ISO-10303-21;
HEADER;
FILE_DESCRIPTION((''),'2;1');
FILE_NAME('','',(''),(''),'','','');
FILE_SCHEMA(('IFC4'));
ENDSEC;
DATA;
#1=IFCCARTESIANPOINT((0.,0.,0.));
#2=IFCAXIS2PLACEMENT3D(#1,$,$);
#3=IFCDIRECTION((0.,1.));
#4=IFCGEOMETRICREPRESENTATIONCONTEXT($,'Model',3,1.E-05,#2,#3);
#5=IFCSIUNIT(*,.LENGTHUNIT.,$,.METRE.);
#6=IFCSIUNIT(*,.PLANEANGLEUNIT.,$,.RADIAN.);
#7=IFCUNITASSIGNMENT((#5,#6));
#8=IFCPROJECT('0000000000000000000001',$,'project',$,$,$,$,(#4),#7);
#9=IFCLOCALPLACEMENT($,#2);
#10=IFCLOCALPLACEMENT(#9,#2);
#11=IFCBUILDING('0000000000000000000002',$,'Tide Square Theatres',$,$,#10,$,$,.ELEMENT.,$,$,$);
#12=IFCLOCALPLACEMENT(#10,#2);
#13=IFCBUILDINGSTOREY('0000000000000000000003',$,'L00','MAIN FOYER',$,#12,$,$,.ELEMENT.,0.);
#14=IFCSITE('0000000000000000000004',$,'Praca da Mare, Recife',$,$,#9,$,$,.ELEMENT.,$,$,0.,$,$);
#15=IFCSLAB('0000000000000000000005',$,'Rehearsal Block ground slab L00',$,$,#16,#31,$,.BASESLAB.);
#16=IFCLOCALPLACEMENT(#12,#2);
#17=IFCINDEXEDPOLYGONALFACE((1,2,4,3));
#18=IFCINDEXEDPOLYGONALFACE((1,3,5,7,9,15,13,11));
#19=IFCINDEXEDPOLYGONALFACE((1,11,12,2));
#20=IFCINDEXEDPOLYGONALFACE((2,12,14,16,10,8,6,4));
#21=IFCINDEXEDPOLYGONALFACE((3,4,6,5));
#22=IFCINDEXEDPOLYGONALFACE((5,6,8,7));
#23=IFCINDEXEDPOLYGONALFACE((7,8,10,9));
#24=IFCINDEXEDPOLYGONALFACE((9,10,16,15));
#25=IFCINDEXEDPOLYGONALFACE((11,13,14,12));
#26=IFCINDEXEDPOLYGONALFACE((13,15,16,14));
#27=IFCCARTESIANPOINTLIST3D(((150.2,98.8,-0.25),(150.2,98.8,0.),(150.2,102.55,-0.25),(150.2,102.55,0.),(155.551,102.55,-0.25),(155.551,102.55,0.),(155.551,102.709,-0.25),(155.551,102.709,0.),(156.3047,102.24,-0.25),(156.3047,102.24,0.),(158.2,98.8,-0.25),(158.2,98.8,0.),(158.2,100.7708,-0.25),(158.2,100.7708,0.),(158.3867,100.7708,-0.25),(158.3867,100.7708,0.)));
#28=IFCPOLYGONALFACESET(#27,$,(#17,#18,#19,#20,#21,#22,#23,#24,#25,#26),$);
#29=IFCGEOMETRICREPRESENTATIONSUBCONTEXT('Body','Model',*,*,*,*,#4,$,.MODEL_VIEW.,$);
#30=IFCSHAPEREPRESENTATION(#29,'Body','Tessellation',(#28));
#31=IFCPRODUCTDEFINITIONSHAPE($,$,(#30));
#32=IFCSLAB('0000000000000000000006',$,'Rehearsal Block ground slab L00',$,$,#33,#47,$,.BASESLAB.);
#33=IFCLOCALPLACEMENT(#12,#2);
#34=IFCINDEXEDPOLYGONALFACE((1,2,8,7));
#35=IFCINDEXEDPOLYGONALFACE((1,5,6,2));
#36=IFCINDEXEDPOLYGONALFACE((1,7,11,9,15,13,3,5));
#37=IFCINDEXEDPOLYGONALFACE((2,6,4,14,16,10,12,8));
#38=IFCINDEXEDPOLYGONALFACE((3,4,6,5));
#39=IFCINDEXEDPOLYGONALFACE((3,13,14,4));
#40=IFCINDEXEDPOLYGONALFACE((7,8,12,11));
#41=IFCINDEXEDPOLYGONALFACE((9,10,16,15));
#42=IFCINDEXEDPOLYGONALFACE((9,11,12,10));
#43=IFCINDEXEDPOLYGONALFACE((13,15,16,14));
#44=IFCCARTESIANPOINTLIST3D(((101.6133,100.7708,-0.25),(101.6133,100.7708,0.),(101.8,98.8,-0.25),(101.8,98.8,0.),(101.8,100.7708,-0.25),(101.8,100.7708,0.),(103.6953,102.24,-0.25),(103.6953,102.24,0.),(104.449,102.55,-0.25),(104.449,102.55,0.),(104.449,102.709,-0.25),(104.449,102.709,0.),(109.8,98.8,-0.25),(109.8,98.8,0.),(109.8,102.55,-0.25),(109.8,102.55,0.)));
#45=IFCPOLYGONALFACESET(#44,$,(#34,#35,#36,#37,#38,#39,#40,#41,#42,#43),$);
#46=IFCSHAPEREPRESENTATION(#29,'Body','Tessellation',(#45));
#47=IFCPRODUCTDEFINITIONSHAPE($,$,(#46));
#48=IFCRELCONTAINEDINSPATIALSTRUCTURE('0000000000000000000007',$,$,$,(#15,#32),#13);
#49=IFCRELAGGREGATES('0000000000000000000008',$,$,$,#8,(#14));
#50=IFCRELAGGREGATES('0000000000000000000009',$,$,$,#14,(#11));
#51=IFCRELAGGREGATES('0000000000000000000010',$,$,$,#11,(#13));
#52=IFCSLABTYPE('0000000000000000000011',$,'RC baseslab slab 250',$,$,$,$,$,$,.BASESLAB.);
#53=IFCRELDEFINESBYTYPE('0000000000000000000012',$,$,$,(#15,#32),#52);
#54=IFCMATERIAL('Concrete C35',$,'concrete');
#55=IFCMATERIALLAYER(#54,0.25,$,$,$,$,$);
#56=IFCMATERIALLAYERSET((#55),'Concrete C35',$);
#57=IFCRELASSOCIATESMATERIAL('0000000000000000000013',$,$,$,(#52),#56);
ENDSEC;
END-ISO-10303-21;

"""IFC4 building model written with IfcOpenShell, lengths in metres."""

from ifc_helpers import new_model, si_unit, direction, frame, origin, place, context, subcontext, project, spatial, polyline, outline, extrude, material, layer, layer_set, type_object, element, save


model = new_model("IFC4")

# Units and contexts
model_context = context("Model", 3, precision=1e-05, world=origin(), true_north=direction((0.0, 1.0)))
body_context = subcontext(model_context, "Body", "Model", "MODEL_VIEW")
ifc_project = project(units=[si_unit("LENGTHUNIT", "METRE"), si_unit("PLANEANGLEUNIT", "RADIAN")], contexts=[model_context])

# Site, building, storey
site_placement = place(None, origin())
site = spatial("IfcSite", under=ifc_project, at=site_placement, Name="Praca da Mare, Recife", CompositionType="ELEMENT", RefElevation=0.0)
building_placement = place(site_placement, origin())
building = spatial("IfcBuilding", under=site, at=building_placement, Name="Tide Square Theatres", CompositionType="ELEMENT")
storey_placement = place(building_placement, origin())
storey = spatial("IfcBuildingStorey", under=building, at=storey_placement, Name="L00", Description="MAIN FOYER", CompositionType="ELEMENT", Elevation=0.0)

# Slabs
ifc_material_1 = material(Name="Concrete C35", Category="concrete")
ifc_layer_1 = layer(ifc_material_1, 0.25)
ifc_layer_set_1 = layer_set([ifc_layer_1], Name="Concrete C35")
slab_type_1 = type_object("IfcSlabType", Name="RC baseslab slab 250", PredefinedType="BASESLAB", material=ifc_layer_set_1)
slab_1_placement = place(storey_placement, frame((0.0, 0.0, -0.25)))
element("IfcSlab", 1, at=slab_1_placement, inside=storey, type_object=slab_type_1, Name="Rehearsal Block ground slab L00", PredefinedType="BASESLAB", context=body_context, shape_type="SweptSolid", body=[
    extrude(outline(polyline([(158.2, 98.8), (158.2, 100.7708), (158.3867, 100.7708), (156.3047, 102.24), (155.551, 102.709), (155.551, 102.55), (150.2, 102.55), (150.2, 98.8), (158.2, 98.8)])), origin(), (0.0, 0.0, 1.0), 0.25),
])
slab_2_placement = place(storey_placement, frame((0.0, 0.0, -0.25)))
element("IfcSlab", 2, at=slab_2_placement, inside=storey, type_object=slab_type_1, Name="Rehearsal Block ground slab L00", PredefinedType="BASESLAB", context=body_context, shape_type="SweptSolid", body=[
    extrude(outline(polyline([(109.8, 102.55), (104.449, 102.55), (104.449, 102.709), (103.6953, 102.24), (101.6133, 100.7708), (101.8, 100.7708), (101.8, 98.8), (109.8, 98.8), (109.8, 102.55)])), origin(), (0.0, 0.0, 1.0), 0.25),
])

save(model, "model.ifc")
